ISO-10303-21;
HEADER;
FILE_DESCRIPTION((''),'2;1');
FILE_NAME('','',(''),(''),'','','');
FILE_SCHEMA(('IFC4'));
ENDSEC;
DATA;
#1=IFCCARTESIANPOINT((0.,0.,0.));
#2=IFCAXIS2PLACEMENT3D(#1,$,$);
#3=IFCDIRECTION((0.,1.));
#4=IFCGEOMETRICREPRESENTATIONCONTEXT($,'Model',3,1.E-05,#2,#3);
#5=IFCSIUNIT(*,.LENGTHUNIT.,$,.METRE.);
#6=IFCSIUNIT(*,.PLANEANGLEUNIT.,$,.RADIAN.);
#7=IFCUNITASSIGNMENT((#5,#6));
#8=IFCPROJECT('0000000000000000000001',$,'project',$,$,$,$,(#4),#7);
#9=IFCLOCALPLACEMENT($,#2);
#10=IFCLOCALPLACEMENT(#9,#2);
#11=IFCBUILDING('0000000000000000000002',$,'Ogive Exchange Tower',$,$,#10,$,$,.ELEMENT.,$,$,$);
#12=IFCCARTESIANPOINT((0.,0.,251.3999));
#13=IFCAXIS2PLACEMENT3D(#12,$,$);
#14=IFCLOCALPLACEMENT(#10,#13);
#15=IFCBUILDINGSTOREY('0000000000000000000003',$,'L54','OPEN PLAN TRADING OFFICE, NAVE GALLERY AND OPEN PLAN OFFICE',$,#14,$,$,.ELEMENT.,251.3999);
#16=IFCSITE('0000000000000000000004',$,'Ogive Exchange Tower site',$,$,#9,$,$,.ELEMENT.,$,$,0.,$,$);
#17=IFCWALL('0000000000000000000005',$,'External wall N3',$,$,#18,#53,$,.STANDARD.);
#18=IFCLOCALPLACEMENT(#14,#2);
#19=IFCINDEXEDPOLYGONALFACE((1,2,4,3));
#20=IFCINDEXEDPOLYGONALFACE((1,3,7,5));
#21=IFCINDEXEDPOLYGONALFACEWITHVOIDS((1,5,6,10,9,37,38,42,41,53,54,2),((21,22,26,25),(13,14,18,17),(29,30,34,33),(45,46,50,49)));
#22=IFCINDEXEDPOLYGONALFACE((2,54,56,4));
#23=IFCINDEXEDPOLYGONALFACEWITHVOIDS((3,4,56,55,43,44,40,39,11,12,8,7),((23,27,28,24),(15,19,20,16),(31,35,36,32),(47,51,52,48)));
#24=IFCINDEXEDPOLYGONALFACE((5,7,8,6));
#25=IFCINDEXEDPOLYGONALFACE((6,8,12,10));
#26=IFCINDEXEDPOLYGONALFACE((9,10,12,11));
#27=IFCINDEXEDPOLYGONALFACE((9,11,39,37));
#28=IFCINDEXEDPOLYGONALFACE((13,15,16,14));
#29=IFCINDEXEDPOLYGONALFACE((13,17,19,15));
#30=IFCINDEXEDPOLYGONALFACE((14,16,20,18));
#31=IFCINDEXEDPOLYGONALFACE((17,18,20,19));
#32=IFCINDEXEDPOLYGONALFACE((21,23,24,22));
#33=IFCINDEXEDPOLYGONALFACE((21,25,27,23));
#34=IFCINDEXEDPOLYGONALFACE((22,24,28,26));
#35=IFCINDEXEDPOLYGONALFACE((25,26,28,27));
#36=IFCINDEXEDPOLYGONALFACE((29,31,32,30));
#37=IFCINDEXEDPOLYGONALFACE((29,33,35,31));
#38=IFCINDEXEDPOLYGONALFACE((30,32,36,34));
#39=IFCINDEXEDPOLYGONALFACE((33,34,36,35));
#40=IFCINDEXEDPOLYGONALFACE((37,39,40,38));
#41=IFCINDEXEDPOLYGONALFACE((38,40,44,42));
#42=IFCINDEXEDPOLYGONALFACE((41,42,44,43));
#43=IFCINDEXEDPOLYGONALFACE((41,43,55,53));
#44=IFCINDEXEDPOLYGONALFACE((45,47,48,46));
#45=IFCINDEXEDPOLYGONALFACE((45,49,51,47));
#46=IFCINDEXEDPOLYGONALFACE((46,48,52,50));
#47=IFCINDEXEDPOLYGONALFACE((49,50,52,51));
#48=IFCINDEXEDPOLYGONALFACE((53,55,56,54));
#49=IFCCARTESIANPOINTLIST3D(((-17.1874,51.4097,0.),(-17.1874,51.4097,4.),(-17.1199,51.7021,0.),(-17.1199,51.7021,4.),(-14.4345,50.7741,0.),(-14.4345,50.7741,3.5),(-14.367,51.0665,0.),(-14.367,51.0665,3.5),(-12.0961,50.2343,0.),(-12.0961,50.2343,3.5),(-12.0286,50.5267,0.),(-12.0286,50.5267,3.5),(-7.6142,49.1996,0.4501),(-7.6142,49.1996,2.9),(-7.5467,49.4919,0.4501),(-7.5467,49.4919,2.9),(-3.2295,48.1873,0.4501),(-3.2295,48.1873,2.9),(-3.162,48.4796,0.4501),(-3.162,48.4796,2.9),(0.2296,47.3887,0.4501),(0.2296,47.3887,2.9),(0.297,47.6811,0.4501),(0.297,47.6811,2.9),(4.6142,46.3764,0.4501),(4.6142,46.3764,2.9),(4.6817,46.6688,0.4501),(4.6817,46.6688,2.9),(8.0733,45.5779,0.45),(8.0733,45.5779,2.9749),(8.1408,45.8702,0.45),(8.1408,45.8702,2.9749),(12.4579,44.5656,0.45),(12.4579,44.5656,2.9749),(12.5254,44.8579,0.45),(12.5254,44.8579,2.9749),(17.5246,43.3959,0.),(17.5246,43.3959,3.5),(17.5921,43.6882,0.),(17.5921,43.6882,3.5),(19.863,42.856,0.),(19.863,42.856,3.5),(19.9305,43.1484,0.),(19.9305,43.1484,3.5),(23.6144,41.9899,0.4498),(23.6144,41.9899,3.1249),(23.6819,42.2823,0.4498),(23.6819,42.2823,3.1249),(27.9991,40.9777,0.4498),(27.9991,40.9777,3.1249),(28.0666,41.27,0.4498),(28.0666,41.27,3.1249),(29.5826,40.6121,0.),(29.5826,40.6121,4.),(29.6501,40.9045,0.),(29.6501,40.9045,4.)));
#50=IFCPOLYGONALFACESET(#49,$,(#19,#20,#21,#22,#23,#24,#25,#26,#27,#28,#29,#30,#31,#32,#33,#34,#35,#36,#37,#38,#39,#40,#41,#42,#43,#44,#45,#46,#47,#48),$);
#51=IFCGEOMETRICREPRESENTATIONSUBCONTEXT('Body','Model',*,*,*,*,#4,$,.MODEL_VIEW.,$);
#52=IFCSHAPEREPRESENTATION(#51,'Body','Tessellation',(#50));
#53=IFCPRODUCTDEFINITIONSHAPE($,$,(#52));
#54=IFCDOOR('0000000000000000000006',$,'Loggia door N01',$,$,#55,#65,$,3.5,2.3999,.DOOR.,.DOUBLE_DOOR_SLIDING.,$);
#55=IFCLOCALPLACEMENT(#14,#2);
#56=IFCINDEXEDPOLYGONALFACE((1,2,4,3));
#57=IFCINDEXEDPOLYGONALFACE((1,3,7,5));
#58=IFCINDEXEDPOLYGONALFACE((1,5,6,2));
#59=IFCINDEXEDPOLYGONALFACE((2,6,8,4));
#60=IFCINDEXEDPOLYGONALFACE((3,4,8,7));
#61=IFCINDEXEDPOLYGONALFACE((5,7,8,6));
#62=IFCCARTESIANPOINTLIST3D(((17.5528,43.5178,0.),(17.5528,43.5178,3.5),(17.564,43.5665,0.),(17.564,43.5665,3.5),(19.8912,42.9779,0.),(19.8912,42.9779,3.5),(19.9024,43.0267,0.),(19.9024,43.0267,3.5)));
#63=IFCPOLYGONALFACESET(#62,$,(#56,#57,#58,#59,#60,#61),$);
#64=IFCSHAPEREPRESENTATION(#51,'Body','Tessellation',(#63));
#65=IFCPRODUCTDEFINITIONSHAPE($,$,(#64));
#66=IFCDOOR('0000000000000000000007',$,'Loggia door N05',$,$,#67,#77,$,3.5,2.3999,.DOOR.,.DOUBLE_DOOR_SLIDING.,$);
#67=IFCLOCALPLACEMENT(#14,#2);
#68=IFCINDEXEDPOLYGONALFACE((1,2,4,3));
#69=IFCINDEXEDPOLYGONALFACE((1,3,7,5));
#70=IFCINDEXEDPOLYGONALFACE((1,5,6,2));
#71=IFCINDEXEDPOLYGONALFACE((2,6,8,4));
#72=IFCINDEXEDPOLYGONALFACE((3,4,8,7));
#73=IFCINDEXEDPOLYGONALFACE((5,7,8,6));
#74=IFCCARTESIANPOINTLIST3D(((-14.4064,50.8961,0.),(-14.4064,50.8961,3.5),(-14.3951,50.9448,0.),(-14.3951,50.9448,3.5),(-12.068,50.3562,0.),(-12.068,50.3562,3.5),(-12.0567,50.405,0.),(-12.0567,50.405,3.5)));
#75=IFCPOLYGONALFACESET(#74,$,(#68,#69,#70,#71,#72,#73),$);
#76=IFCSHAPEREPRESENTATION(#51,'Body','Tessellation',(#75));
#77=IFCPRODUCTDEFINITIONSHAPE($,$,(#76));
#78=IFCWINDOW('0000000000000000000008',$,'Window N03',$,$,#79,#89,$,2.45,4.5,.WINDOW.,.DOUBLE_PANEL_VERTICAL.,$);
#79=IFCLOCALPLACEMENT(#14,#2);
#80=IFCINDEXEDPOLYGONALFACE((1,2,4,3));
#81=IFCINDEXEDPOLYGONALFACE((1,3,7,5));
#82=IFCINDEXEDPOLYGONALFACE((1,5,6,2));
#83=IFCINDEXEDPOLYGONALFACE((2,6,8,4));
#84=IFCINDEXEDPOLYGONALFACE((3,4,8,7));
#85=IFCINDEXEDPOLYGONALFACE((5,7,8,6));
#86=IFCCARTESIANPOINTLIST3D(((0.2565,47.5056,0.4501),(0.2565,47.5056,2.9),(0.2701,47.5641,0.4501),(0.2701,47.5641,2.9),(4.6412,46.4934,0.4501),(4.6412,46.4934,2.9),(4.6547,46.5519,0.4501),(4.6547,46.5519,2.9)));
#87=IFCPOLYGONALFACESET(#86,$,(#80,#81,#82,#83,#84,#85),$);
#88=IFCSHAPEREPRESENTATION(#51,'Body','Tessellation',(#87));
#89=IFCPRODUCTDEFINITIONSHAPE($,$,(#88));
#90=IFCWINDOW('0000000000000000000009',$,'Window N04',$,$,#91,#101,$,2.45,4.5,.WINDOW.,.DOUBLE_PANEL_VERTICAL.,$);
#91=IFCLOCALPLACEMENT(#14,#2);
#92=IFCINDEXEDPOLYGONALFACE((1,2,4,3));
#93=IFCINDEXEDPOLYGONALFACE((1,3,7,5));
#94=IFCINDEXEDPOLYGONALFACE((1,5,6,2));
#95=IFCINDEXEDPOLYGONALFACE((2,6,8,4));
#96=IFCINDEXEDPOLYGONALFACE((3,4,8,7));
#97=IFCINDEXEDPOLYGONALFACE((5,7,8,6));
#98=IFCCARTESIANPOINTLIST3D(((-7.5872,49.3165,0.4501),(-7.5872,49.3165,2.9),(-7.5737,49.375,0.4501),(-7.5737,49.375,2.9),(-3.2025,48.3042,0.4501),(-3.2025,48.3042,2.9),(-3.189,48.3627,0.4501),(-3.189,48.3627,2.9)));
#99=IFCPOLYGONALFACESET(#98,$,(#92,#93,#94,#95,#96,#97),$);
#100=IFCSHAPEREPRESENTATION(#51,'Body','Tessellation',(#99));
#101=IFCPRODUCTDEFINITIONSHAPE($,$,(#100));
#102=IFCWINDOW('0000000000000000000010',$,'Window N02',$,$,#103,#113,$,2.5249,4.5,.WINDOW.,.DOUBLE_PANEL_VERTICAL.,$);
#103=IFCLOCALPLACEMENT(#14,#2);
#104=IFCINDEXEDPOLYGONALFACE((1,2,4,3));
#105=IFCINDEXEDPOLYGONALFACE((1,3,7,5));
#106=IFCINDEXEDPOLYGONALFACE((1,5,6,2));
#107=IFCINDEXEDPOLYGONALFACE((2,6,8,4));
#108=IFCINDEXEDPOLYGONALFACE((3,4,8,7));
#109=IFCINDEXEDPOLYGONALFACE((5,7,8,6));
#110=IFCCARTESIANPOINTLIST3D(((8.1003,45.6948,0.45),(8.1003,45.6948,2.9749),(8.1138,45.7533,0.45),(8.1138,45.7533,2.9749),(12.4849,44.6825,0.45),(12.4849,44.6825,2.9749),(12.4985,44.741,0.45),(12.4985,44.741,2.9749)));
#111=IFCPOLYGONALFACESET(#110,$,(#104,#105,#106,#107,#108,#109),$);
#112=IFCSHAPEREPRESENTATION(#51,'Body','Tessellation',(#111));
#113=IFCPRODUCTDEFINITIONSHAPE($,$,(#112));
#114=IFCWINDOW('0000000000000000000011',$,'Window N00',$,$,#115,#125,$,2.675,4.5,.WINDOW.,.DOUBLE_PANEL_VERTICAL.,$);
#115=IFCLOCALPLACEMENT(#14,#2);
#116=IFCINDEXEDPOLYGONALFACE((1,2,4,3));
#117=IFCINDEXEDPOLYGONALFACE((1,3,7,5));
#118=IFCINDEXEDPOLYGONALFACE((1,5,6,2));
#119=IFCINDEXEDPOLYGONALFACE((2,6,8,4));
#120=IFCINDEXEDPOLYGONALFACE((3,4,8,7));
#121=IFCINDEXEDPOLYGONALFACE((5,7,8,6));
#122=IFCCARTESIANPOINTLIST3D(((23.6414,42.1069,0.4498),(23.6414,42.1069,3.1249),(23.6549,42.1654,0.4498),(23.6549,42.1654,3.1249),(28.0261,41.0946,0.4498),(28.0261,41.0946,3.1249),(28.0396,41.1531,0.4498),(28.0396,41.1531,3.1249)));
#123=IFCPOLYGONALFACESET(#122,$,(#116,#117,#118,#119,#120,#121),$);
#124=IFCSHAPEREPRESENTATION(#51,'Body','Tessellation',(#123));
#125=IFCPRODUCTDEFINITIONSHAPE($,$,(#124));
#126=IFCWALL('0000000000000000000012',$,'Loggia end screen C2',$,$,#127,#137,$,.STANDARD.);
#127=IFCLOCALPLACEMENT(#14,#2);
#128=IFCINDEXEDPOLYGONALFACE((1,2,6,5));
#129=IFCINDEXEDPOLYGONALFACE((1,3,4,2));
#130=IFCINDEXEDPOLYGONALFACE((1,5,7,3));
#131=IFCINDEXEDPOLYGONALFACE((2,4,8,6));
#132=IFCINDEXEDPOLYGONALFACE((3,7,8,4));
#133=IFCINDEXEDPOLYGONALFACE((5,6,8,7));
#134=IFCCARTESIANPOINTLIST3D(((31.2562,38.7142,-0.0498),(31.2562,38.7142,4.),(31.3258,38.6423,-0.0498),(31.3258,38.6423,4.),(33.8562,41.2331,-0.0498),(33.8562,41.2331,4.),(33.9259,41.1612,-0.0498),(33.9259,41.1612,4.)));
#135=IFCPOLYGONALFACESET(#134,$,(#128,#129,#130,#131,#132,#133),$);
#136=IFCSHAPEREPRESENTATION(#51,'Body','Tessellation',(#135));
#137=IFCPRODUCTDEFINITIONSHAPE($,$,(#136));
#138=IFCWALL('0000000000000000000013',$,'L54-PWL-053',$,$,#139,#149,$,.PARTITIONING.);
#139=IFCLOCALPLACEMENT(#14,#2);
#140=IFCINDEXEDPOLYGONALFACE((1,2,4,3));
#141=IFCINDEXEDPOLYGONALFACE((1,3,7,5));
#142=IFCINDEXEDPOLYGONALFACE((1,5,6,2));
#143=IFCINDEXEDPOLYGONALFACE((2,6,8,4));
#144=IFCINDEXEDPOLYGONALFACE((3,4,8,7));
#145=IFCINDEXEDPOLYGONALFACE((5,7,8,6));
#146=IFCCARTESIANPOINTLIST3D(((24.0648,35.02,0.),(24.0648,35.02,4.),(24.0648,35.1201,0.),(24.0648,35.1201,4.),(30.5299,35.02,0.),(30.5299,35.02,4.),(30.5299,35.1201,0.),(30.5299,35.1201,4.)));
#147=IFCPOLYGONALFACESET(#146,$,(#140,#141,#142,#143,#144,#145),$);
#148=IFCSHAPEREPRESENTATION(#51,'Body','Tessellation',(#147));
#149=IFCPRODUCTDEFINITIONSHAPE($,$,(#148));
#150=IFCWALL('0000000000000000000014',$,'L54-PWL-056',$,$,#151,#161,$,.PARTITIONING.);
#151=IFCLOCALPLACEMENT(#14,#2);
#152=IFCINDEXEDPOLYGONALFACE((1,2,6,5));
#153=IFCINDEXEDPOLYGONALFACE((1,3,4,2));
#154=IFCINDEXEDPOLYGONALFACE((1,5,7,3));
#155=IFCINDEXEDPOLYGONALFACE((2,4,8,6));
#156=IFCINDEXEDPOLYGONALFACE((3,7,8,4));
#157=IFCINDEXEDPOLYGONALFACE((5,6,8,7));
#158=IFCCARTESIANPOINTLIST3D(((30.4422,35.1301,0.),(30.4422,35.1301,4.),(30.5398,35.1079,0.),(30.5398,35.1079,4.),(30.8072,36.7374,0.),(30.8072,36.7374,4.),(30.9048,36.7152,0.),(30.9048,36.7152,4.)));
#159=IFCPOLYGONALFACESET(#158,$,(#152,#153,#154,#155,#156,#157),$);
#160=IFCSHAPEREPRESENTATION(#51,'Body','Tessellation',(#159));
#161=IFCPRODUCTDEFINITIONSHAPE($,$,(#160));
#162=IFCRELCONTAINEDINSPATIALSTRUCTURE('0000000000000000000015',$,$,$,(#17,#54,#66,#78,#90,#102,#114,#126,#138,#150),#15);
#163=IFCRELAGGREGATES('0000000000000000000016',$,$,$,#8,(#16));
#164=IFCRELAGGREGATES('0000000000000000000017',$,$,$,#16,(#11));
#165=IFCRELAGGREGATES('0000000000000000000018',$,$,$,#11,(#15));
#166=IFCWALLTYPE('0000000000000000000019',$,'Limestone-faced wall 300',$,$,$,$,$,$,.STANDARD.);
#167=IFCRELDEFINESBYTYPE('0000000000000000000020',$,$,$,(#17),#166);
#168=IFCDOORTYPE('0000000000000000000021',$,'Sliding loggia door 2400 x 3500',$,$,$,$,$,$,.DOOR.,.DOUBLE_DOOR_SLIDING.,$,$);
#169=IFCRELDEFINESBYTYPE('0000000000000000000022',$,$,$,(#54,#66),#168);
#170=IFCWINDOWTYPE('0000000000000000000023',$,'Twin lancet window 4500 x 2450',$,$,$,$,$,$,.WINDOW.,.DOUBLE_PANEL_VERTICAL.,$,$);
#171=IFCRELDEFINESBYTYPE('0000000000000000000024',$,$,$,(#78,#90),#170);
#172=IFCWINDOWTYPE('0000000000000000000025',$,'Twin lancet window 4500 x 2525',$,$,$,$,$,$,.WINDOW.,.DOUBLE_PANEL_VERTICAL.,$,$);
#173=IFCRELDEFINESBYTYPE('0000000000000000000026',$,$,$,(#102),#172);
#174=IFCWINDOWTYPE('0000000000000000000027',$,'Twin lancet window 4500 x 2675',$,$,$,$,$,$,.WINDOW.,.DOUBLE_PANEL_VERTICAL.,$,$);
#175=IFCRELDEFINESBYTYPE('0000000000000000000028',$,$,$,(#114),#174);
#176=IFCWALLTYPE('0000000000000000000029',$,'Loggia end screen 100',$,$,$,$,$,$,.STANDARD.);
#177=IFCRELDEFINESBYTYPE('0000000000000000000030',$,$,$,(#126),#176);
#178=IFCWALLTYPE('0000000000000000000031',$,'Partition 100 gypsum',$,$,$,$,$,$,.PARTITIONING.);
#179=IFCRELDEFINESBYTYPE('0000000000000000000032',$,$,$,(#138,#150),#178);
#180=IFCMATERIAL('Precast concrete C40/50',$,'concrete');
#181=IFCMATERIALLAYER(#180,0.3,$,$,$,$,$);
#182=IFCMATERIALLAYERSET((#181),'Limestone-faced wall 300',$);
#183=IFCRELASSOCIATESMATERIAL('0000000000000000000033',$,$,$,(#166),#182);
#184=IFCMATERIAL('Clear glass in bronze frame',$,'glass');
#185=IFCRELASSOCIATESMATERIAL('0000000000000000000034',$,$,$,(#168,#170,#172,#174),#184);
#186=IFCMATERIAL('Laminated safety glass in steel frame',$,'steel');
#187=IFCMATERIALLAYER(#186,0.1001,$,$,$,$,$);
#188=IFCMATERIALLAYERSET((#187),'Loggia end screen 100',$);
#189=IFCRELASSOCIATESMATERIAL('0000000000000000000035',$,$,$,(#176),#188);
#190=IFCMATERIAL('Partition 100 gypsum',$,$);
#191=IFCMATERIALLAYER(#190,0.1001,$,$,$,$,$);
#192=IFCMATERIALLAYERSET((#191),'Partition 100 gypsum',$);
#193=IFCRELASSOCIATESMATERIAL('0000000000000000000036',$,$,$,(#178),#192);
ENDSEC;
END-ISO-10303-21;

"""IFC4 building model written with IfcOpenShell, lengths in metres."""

from ifc_helpers import new_model, si_unit, direction, frame, frame_2d, origin, place, context, subcontext, project, spatial, rectangle, extrude, material, layer, layer_set, type_object, element, fill, save


model = new_model("IFC4")

# Units and contexts
model_context = context("Model", 3, precision=1e-05, world=origin(), true_north=direction((0.0, 1.0)))
body_context = subcontext(model_context, "Body", "Model", "MODEL_VIEW")
ifc_project = project(units=[si_unit("LENGTHUNIT", "METRE"), si_unit("PLANEANGLEUNIT", "RADIAN")], contexts=[model_context])

# Site, building, storey
site_placement = place(None, origin())
site = spatial("IfcSite", under=ifc_project, at=site_placement, Name="Ogive Exchange Tower site", CompositionType="ELEMENT", RefElevation=0.0)
building_placement = place(site_placement, origin())
building = spatial("IfcBuilding", under=site, at=building_placement, Name="Ogive Exchange Tower", CompositionType="ELEMENT")
storey_placement = place(building_placement, frame((0.0, 0.0, 251.3999)))
storey = spatial("IfcBuildingStorey", under=building, at=storey_placement, Name="L54", Description="OPEN PLAN TRADING OFFICE, NAVE GALLERY AND OPEN PLAN OFFICE", CompositionType="ELEMENT", Elevation=251.3999)

# Wall, openings, doors, windows
ifc_material_1 = material(Name="Precast concrete C40/50", Category="concrete")
ifc_layer_1 = layer(ifc_material_1, 0.3)
ifc_layer_set_1 = layer_set([ifc_layer_1], Name="Limestone-faced wall 300")
wall_type_1 = type_object("IfcWallType", Name="Limestone-faced wall 300", PredefinedType="STANDARD", material=ifc_layer_set_1)
wall_1_placement = place(storey_placement, frame((29.6162, 40.7583, 0.0), z_axis=(0.0, 0.0, 1.0), x_axis=(-0.974371, 0.224949, 0.0)))
wall_1 = element("IfcWall", 1, at=wall_1_placement, inside=storey, type_object=wall_type_1, Name="External wall N3", PredefinedType="STANDARD", context=body_context, shape_type="SweptSolid", body=[
    extrude(rectangle(XDim=48.0002, YDim=0.3, at=frame_2d((24.0, 0.0))), origin(), (0.0, 0.0, 1.0), 4.0),
])
opening_1_placement = place(wall_1_placement, frame((1.625, 0.0, 0.45)))
opening_1 = element("IfcOpeningElement", 2, at=opening_1_placement, cuts=wall_1, PredefinedType="OPENING", context=body_context, shape_type="SweptSolid", body=[
    extrude(rectangle(XDim=4.5, YDim=2.675, at=frame_2d((2.25, 1.3374))), frame((0.0, 0.1599, 0.0), z_axis=(0.0, -1.0, 0.0), x_axis=(1.0, 0.0, 0.0)), (0.0, 0.0, 1.0), 0.3201),
])
opening_2_placement = place(wall_1_placement, frame((9.9751, 0.0, 0.0)))
opening_2 = element("IfcOpeningElement", 3, at=opening_2_placement, cuts=wall_1, PredefinedType="OPENING", context=body_context, shape_type="SweptSolid", body=[
    extrude(rectangle(XDim=2.3999, YDim=3.5, at=frame_2d((1.2, 1.75))), frame((0.0, 0.1599, 0.0), z_axis=(0.0, -1.0, 0.0), x_axis=(1.0, 0.0, 0.0)), (0.0, 0.0, 1.0), 0.3201),
])
opening_3_placement = place(wall_1_placement, frame((17.575, 0.0, 0.45)))
opening_3 = element("IfcOpeningElement", 4, at=opening_3_placement, cuts=wall_1, PredefinedType="OPENING", context=body_context, shape_type="SweptSolid", body=[
    extrude(rectangle(XDim=4.5, YDim=2.5249, at=frame_2d((2.25, 1.2625))), frame((0.0, 0.1599, 0.0), z_axis=(0.0, -1.0, 0.0), x_axis=(1.0, 0.0, 0.0)), (0.0, 0.0, 1.0), 0.3201),
])
opening_4_placement = place(wall_1_placement, frame((25.625, 0.0, 0.45)))
opening_4 = element("IfcOpeningElement", 5, at=opening_4_placement, cuts=wall_1, PredefinedType="OPENING", context=body_context, shape_type="SweptSolid", body=[
    extrude(rectangle(XDim=4.5, YDim=2.45, at=frame_2d((2.25, 1.2251))), frame((0.0, 0.1599, 0.0), z_axis=(0.0, -1.0, 0.0), x_axis=(1.0, 0.0, 0.0)), (0.0, 0.0, 1.0), 0.3201),
])
opening_5_placement = place(wall_1_placement, frame((33.675, 0.0, 0.45)))
opening_5 = element("IfcOpeningElement", 6, at=opening_5_placement, cuts=wall_1, PredefinedType="OPENING", context=body_context, shape_type="SweptSolid", body=[
    extrude(rectangle(XDim=4.5, YDim=2.45, at=frame_2d((2.25, 1.2251))), frame((0.0, 0.1599, 0.0), z_axis=(0.0, -1.0, 0.0), x_axis=(1.0, 0.0, 0.0)), (0.0, 0.0, 1.0), 0.3201),
])
opening_6_placement = place(wall_1_placement, frame((42.7749, 0.0, 0.0)))
opening_6 = element("IfcOpeningElement", 7, at=opening_6_placement, cuts=wall_1, PredefinedType="OPENING", context=body_context, shape_type="SweptSolid", body=[
    extrude(rectangle(XDim=2.3999, YDim=3.5, at=frame_2d((1.2, 1.75))), frame((0.0, 0.1599, 0.0), z_axis=(0.0, -1.0, 0.0), x_axis=(1.0, 0.0, 0.0)), (0.0, 0.0, 1.0), 0.3201),
])
ifc_material_2 = material(Name="Clear glass in bronze frame", Category="glass")
door_type_1 = type_object("IfcDoorType", Name="Sliding loggia door 2400 x 3500", OperationType="DOUBLE_DOOR_SLIDING", PredefinedType="DOOR", material=ifc_material_2)
door_1_placement = place(opening_2_placement, origin())
door_1 = element("IfcDoor", 8, at=door_1_placement, inside=storey, type_object=door_type_1, Name="Loggia door N01", OperationType="DOUBLE_DOOR_SLIDING", OverallHeight=3.5, OverallWidth=2.3999, PredefinedType="DOOR", context=body_context, shape_type="SweptSolid", body=[
    extrude(rectangle(XDim=2.3999, YDim=3.5, at=frame_2d((1.2, 1.75))), frame((0.0, 0.0249, 0.0), z_axis=(0.0, -1.0, 0.0), x_axis=(1.0, 0.0, 0.0)), (0.0, 0.0, 1.0), 0.05),
])
fill(opening_2, door_1)
door_2_placement = place(opening_6_placement, origin())
door_2 = element("IfcDoor", 9, at=door_2_placement, inside=storey, type_object=door_type_1, Name="Loggia door N05", OperationType="DOUBLE_DOOR_SLIDING", OverallHeight=3.5, OverallWidth=2.3999, PredefinedType="DOOR", context=body_context, shape_type="SweptSolid", body=[
    extrude(rectangle(XDim=2.3999, YDim=3.5, at=frame_2d((1.2, 1.75))), frame((0.0, 0.0249, 0.0), z_axis=(0.0, -1.0, 0.0), x_axis=(1.0, 0.0, 0.0)), (0.0, 0.0, 1.0), 0.05),
])
fill(opening_6, door_2)
window_type_1 = type_object("IfcWindowType", Name="Twin lancet window 4500 x 2450", PartitioningType="DOUBLE_PANEL_VERTICAL", PredefinedType="WINDOW", material=ifc_material_2)
window_1_placement = place(opening_4_placement, origin())
window_1 = element("IfcWindow", 10, at=window_1_placement, inside=storey, type_object=window_type_1, Name="Window N03", OverallHeight=2.45, OverallWidth=4.5, PartitioningType="DOUBLE_PANEL_VERTICAL", PredefinedType="WINDOW", context=body_context, shape_type="SweptSolid", body=[
    extrude(rectangle(XDim=4.5, YDim=2.45, at=frame_2d((2.25, 1.2251))), frame((0.0, 0.03, 0.0), z_axis=(0.0, -1.0, 0.0), x_axis=(1.0, 0.0, 0.0)), (0.0, 0.0, 1.0), 0.0601),
])
fill(opening_4, window_1)
window_2_placement = place(opening_5_placement, origin())
window_2 = element("IfcWindow", 11, at=window_2_placement, inside=storey, type_object=window_type_1, Name="Window N04", OverallHeight=2.45, OverallWidth=4.5, PartitioningType="DOUBLE_PANEL_VERTICAL", PredefinedType="WINDOW", context=body_context, shape_type="SweptSolid", body=[
    extrude(rectangle(XDim=4.5, YDim=2.45, at=frame_2d((2.25, 1.2251))), frame((0.0, 0.03, 0.0), z_axis=(0.0, -1.0, 0.0), x_axis=(1.0, 0.0, 0.0)), (0.0, 0.0, 1.0), 0.0601),
])
fill(opening_5, window_2)
window_type_2 = type_object("IfcWindowType", Name="Twin lancet window 4500 x 2525", PartitioningType="DOUBLE_PANEL_VERTICAL", PredefinedType="WINDOW", material=ifc_material_2)
window_3_placement = place(opening_3_placement, origin())
window_3 = element("IfcWindow", 12, at=window_3_placement, inside=storey, type_object=window_type_2, Name="Window N02", OverallHeight=2.5249, OverallWidth=4.5, PartitioningType="DOUBLE_PANEL_VERTICAL", PredefinedType="WINDOW", context=body_context, shape_type="SweptSolid", body=[
    extrude(rectangle(XDim=4.5, YDim=2.5249, at=frame_2d((2.25, 1.2625))), frame((0.0, 0.03, 0.0), z_axis=(0.0, -1.0, 0.0), x_axis=(1.0, 0.0, 0.0)), (0.0, 0.0, 1.0), 0.0601),
])
fill(opening_3, window_3)
window_type_3 = type_object("IfcWindowType", Name="Twin lancet window 4500 x 2675", PartitioningType="DOUBLE_PANEL_VERTICAL", PredefinedType="WINDOW", material=ifc_material_2)
window_4_placement = place(opening_1_placement, origin())
window_4 = element("IfcWindow", 13, at=window_4_placement, inside=storey, type_object=window_type_3, Name="Window N00", OverallHeight=2.675, OverallWidth=4.5, PartitioningType="DOUBLE_PANEL_VERTICAL", PredefinedType="WINDOW", context=body_context, shape_type="SweptSolid", body=[
    extrude(rectangle(XDim=4.5, YDim=2.675, at=frame_2d((2.25, 1.3374))), frame((0.0, 0.03, 0.0), z_axis=(0.0, -1.0, 0.0), x_axis=(1.0, 0.0, 0.0)), (0.0, 0.0, 1.0), 0.0601),
])
fill(opening_1, window_4)

# Walls
ifc_material_3 = material(Name="Laminated safety glass in steel frame", Category="steel")
ifc_layer_2 = layer(ifc_material_3, 0.1001)
ifc_layer_set_2 = layer_set([ifc_layer_2], Name="Loggia end screen 100")
wall_type_2 = type_object("IfcWallType", Name="Loggia end screen 100", PredefinedType="STANDARD", material=ifc_layer_set_2)
wall_2_placement = place(storey_placement, frame((31.291, 38.6782, -0.0498), z_axis=(0.0, 0.0, 1.0), x_axis=(0.718213, 0.695823, 0.0)))
element("IfcWall", 14, at=wall_2_placement, inside=storey, type_object=wall_type_2, Name="Loggia end screen C2", PredefinedType="STANDARD", context=body_context, shape_type="SweptSolid", body=[
    extrude(rectangle(XDim=3.6201, YDim=0.1001, at=frame_2d((1.8101, 0.0))), origin(), (0.0, 0.0, 1.0), 4.0498),
])
ifc_material_4 = material(Name="Partition 100 gypsum")
ifc_layer_3 = layer(ifc_material_4, 0.1001)
ifc_layer_set_3 = layer_set([ifc_layer_3], Name="Partition 100 gypsum")
wall_type_3 = type_object("IfcWallType", Name="Partition 100 gypsum", PredefinedType="PARTITIONING", material=ifc_layer_set_3)
wall_3_placement = place(storey_placement, frame((24.0649, 35.0701, 0.0), z_axis=(0.0, 0.0, 1.0), x_axis=(1.0, 0.0, 0.0)))
element("IfcWall", 15, at=wall_3_placement, inside=storey, type_object=wall_type_3, Name="L54-PWL-053", PredefinedType="PARTITIONING", context=body_context, shape_type="SweptSolid", body=[
    extrude(rectangle(XDim=6.4651, YDim=0.1001, at=frame_2d((3.2324, 0.0))), origin(), (0.0, 0.0, 1.0), 4.0),
])
wall_4_placement = place(storey_placement, frame((30.491, 35.1189, 0.0), z_axis=(0.0, 0.0, 1.0), x_axis=(0.221461, 0.975169, 0.0)))
element("IfcWall", 16, at=wall_4_placement, inside=storey, type_object=wall_type_3, Name="L54-PWL-056", PredefinedType="PARTITIONING", context=body_context, shape_type="SweptSolid", body=[
    extrude(rectangle(XDim=1.6482, YDim=0.1001, at=frame_2d((0.8242, 0.0))), origin(), (0.0, 0.0, 1.0), 4.0),
])

save(model, "model.ifc")
